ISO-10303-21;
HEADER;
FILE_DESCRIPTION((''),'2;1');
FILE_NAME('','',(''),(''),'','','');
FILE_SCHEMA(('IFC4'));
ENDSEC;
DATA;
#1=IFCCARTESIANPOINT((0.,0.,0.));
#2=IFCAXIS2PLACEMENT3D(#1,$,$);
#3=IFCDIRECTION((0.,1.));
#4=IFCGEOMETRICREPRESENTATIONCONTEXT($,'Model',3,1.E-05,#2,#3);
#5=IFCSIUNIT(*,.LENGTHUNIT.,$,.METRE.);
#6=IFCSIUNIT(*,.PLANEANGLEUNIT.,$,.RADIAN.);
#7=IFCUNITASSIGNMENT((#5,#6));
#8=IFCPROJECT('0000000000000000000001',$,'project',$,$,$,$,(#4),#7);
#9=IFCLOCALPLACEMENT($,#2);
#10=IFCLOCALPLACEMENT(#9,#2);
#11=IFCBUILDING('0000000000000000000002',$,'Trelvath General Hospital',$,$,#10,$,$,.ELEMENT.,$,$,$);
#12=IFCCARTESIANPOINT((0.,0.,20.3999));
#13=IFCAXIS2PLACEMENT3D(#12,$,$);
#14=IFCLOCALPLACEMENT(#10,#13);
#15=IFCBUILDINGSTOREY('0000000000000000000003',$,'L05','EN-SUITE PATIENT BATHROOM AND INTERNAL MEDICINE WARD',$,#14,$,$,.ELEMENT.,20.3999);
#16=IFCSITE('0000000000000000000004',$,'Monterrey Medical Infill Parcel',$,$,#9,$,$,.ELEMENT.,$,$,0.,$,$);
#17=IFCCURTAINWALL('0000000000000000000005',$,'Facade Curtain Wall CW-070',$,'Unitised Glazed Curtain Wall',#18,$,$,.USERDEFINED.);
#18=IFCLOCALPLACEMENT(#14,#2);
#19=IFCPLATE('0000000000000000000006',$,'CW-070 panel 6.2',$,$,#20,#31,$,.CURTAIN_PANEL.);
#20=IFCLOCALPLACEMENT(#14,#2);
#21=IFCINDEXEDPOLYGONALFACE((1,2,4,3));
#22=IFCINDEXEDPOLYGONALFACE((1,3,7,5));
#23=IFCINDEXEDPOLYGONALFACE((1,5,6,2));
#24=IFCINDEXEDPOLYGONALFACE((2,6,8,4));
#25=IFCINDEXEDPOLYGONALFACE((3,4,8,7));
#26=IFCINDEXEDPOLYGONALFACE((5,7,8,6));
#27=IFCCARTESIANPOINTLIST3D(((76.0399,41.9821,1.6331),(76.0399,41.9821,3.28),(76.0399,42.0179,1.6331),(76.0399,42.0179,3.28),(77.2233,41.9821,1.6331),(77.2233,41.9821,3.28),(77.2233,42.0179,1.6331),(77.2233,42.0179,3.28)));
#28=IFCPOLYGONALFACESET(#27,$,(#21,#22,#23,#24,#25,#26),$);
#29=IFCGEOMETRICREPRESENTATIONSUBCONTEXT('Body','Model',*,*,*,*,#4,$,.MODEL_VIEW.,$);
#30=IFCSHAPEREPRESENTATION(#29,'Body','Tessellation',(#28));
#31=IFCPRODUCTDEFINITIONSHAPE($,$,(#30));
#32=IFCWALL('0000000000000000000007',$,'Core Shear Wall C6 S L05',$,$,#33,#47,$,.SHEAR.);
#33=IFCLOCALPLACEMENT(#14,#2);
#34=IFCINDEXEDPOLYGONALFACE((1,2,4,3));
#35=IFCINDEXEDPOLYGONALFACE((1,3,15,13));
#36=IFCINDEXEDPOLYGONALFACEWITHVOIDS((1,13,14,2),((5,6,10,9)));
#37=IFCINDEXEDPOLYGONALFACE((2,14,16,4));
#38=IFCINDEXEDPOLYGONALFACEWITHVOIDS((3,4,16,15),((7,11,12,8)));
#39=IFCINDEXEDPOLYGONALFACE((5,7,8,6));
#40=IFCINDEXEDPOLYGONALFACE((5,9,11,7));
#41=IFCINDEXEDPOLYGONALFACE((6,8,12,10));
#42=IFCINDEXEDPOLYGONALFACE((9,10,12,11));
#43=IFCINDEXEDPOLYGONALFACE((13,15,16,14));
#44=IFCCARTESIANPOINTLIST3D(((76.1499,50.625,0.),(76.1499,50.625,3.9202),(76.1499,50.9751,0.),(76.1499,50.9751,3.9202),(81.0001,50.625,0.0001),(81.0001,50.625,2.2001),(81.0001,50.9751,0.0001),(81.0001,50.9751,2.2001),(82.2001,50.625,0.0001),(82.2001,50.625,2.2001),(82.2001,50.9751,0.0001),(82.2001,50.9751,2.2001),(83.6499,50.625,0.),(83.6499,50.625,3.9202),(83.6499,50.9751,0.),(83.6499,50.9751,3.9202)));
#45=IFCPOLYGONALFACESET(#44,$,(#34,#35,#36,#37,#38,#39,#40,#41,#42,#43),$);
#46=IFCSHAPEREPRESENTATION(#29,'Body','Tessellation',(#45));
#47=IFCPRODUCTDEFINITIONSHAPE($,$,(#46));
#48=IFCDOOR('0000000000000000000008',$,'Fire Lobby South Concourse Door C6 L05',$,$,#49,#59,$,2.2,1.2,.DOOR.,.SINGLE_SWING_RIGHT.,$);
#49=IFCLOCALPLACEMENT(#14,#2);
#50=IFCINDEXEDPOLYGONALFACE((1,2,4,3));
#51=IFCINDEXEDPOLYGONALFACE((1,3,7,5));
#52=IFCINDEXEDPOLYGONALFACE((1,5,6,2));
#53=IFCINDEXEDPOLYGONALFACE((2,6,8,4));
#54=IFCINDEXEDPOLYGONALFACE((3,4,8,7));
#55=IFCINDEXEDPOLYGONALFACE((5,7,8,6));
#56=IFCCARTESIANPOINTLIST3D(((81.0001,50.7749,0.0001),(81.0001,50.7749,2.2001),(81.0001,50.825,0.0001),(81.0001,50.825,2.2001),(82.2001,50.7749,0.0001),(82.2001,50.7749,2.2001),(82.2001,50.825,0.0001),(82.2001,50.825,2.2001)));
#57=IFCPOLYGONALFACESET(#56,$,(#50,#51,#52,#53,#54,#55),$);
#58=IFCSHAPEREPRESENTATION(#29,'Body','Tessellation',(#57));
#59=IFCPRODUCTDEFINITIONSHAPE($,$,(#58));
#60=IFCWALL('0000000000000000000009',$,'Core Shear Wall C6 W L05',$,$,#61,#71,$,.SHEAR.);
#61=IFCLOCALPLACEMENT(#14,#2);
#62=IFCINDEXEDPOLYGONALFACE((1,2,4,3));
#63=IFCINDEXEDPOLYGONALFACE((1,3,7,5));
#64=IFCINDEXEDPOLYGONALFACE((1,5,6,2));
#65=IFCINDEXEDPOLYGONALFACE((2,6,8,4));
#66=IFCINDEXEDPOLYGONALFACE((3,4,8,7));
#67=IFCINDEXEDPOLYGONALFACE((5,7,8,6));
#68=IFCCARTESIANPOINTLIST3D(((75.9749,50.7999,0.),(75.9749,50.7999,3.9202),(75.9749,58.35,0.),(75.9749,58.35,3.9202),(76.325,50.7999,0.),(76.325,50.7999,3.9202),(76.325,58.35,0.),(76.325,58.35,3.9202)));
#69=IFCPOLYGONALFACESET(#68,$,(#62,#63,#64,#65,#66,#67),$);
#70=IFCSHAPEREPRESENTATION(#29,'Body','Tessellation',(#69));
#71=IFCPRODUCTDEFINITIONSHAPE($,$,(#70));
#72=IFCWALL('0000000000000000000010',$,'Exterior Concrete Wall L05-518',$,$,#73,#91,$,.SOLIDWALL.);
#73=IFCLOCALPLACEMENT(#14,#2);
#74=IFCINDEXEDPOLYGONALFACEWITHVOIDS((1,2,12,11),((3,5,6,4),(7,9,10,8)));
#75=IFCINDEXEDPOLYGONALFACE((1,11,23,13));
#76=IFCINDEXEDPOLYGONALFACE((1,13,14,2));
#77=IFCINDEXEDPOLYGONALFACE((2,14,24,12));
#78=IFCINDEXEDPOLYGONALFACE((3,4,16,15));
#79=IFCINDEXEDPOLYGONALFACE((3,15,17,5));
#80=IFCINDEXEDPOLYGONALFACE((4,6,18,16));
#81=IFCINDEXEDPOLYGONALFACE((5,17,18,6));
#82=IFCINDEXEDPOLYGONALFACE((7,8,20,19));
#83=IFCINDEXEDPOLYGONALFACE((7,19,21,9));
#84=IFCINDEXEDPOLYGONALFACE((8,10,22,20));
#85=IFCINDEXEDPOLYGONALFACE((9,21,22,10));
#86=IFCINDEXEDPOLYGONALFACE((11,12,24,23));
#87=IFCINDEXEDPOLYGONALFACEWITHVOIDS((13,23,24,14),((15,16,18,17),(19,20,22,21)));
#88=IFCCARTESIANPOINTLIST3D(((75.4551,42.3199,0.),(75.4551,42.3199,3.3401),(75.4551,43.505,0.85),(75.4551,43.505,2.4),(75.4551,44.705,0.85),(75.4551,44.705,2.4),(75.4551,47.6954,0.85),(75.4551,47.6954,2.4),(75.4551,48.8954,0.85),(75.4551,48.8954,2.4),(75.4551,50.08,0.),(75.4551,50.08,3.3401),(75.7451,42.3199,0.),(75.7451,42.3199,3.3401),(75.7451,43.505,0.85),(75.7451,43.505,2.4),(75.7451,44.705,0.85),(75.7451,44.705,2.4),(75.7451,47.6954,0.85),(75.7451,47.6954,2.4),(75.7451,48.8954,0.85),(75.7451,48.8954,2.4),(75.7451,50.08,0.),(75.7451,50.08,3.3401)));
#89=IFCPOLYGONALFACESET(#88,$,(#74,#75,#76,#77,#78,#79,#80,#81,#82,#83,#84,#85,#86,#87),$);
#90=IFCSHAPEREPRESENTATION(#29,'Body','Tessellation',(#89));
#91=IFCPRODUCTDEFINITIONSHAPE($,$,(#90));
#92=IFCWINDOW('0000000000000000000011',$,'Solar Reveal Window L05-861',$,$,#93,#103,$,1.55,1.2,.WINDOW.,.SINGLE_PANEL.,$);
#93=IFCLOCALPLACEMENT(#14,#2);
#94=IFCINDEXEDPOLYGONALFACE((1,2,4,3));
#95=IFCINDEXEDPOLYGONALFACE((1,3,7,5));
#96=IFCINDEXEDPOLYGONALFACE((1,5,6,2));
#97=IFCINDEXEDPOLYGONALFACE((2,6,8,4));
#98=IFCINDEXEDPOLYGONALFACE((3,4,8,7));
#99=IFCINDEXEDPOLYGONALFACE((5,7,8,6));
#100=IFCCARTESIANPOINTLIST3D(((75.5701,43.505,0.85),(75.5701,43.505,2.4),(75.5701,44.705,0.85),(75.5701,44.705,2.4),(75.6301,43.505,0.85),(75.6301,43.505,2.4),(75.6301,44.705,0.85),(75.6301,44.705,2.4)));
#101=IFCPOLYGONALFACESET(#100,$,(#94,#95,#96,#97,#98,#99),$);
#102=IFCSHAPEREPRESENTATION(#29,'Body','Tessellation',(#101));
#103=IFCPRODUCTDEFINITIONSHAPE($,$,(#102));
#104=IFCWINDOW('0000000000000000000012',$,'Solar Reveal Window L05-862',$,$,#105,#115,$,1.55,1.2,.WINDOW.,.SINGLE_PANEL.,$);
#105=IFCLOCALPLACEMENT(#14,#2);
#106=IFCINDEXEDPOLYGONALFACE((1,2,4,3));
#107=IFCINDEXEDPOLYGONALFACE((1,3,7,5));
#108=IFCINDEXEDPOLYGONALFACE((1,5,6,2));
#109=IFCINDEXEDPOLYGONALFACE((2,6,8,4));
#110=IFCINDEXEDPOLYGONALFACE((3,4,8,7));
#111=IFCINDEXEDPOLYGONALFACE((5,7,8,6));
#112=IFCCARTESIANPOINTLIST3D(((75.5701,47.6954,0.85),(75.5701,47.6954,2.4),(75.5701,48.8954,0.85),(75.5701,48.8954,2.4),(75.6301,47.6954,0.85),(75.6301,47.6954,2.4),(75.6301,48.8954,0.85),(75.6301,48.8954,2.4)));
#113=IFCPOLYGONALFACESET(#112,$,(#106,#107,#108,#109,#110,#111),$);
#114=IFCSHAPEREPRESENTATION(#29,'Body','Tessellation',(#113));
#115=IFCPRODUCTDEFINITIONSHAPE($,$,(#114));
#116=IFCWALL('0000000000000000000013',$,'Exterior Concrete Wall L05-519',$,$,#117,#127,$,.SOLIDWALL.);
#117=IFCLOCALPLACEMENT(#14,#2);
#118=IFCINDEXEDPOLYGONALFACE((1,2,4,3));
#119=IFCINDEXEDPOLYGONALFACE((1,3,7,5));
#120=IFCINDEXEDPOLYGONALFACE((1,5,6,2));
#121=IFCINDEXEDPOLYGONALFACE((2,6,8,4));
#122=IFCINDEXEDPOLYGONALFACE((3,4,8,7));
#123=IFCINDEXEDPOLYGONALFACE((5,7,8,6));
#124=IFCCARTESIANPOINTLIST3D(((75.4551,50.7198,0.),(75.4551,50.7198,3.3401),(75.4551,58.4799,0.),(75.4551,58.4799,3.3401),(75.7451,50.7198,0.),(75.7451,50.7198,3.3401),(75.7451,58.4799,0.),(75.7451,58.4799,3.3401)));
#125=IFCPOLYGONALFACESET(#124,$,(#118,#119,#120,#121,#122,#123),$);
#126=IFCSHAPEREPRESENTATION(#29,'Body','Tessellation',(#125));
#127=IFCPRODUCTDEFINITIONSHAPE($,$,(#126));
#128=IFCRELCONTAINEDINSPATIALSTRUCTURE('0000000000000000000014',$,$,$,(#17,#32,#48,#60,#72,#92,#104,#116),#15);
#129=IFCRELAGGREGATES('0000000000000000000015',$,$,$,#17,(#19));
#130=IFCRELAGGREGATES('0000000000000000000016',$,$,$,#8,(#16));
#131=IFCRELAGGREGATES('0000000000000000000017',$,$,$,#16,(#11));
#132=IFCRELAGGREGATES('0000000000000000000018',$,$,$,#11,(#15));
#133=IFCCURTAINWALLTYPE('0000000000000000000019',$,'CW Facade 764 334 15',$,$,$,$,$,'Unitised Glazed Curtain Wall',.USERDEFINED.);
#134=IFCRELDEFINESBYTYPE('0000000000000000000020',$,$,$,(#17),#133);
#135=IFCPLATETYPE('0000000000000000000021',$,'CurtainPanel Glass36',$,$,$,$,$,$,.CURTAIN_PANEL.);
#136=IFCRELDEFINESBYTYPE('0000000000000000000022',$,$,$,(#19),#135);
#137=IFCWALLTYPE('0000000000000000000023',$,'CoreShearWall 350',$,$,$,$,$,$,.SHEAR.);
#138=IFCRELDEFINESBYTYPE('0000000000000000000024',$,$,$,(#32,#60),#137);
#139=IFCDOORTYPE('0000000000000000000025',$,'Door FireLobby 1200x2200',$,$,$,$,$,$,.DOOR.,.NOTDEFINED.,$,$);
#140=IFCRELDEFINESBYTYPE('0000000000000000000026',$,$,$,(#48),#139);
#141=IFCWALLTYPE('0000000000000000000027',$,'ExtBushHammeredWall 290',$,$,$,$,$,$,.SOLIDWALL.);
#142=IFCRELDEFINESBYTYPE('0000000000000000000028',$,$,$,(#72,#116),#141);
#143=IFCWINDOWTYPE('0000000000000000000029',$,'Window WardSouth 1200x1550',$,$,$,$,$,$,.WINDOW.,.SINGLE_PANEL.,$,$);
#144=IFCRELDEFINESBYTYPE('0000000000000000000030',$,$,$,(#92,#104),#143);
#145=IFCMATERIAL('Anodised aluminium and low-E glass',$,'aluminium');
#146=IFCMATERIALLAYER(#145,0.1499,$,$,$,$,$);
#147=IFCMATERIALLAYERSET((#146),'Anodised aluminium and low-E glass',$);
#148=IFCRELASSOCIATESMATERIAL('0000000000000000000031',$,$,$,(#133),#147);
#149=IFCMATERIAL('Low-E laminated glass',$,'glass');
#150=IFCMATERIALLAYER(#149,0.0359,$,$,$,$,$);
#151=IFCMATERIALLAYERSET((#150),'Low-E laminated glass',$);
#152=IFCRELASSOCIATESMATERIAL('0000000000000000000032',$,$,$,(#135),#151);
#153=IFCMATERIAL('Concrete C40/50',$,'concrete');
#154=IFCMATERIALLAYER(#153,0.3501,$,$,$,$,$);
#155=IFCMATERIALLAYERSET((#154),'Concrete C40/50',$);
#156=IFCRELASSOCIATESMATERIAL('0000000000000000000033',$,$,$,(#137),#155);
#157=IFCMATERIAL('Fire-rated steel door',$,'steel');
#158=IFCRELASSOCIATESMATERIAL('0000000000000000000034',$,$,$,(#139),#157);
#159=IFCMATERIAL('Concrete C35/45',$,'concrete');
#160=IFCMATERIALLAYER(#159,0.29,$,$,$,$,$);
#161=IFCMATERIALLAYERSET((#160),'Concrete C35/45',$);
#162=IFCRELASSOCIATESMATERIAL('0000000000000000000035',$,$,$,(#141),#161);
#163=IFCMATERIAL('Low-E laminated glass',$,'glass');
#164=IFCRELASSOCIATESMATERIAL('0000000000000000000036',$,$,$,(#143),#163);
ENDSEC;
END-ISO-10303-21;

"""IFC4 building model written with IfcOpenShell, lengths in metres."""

from ifc_helpers import new_model, si_unit, direction, frame, frame_2d, origin, origin_2d, place, context, subcontext, project, spatial, rectangle, extrude, material, layer, layer_set, type_object, element, fill, aggregate, save


model = new_model("IFC4")

# Units and contexts
model_context = context("Model", 3, precision=1e-05, world=origin(), true_north=direction((0.0, 1.0)))
body_context = subcontext(model_context, "Body", "Model", "MODEL_VIEW")
ifc_project = project(units=[si_unit("LENGTHUNIT", "METRE"), si_unit("PLANEANGLEUNIT", "RADIAN")], contexts=[model_context])

# Site, building, storey
site_placement = place(None, origin())
site = spatial("IfcSite", under=ifc_project, at=site_placement, Name="Monterrey Medical Infill Parcel", CompositionType="ELEMENT", RefElevation=0.0)
building_placement = place(site_placement, origin())
building = spatial("IfcBuilding", under=site, at=building_placement, Name="Trelvath General Hospital", CompositionType="ELEMENT")
storey_placement = place(building_placement, frame((0.0, 0.0, 20.3999)))
storey = spatial("IfcBuildingStorey", under=building, at=storey_placement, Name="L05", Description="EN-SUITE PATIENT BATHROOM AND INTERNAL MEDICINE WARD", CompositionType="ELEMENT", Elevation=20.3999)

# Curtain wall
ifc_material_1 = material(Name="Anodised aluminium and low-E glass", Category="aluminium")
ifc_layer_1 = layer(ifc_material_1, 0.1499)
ifc_layer_set_1 = layer_set([ifc_layer_1], Name="Anodised aluminium and low-E glass")
curtain_wall_type_1 = type_object("IfcCurtainWallType", Name="CW Facade 764 334 15", ElementType="Unitised Glazed Curtain Wall", PredefinedType="USERDEFINED", material=ifc_layer_set_1)
curtain_wall_1_placement = place(storey_placement, origin())
curtain_wall_1 = element("IfcCurtainWall", 1, at=curtain_wall_1_placement, inside=storey, type_object=curtain_wall_type_1, Name="Facade Curtain Wall CW-070", ObjectType="Unitised Glazed Curtain Wall", PredefinedType="USERDEFINED")

# Plate
ifc_material_2 = material(Name="Low-E laminated glass", Category="glass")
ifc_layer_2 = layer(ifc_material_2, 0.0359)
ifc_layer_set_2 = layer_set([ifc_layer_2], Name="Low-E laminated glass")
plate_type_1 = type_object("IfcPlateType", Name="CurtainPanel Glass36", PredefinedType="CURTAIN_PANEL", material=ifc_layer_set_2)
plate_1_placement = place(storey_placement, frame((76.6316, 42.0, 1.6331), z_axis=(0.0, 0.0, 1.0), x_axis=(-1.0, 0.0, 0.0)))
plate_1 = element("IfcPlate", 2, at=plate_1_placement, type_object=plate_type_1, Name="CW-070 panel 6.2", PredefinedType="CURTAIN_PANEL", context=body_context, shape_type="SweptSolid", body=[
    extrude(rectangle(XDim=1.1833, YDim=0.0359, at=origin_2d()), origin(), (0.0, 0.0, 1.0), 1.647),
])
aggregate(curtain_wall_1, [plate_1])

# Wall, opening, door
ifc_material_3 = material(Name="Concrete C40/50", Category="concrete")
ifc_layer_3 = layer(ifc_material_3, 0.3501)
ifc_layer_set_3 = layer_set([ifc_layer_3], Name="Concrete C40/50")
wall_type_1 = type_object("IfcWallType", Name="CoreShearWall 350", PredefinedType="SHEAR", material=ifc_layer_set_3)
wall_1_placement = place(storey_placement, frame((76.1499, 50.8, 0.0), z_axis=(0.0, 0.0, 1.0), x_axis=(1.0, 0.0, 0.0)))
wall_1 = element("IfcWall", 3, at=wall_1_placement, inside=storey, type_object=wall_type_1, Name="Core Shear Wall C6 S L05", PredefinedType="SHEAR", context=body_context, shape_type="SweptSolid", body=[
    extrude(rectangle(XDim=7.5, YDim=0.3501, at=frame_2d((3.75, 0.0))), origin(), (0.0, 0.0, 1.0), 3.9202),
])
opening_1_placement = place(wall_1_placement, frame((4.8501, 0.0, 0.0)))
opening_1 = element("IfcOpeningElement", 4, at=opening_1_placement, cuts=wall_1, PredefinedType="OPENING", context=body_context, shape_type="SweptSolid", body=[
    extrude(rectangle(XDim=1.2, YDim=2.2, at=frame_2d((0.6001, 1.1001))), frame((0.0, 0.1851, 0.0), z_axis=(0.0, -1.0, 0.0), x_axis=(1.0, 0.0, 0.0)), (0.0, 0.0, 1.0), 0.3701),
])
ifc_material_4 = material(Name="Fire-rated steel door", Category="steel")
door_type = type_object("IfcDoorType", Name="Door FireLobby 1200x2200", OperationType="NOTDEFINED", PredefinedType="DOOR", material=ifc_material_4)
door_placement = place(opening_1_placement, origin())
door = element("IfcDoor", 5, at=door_placement, inside=storey, type_object=door_type, Name="Fire Lobby South Concourse Door C6 L05", OperationType="SINGLE_SWING_RIGHT", OverallHeight=2.2, OverallWidth=1.2, PredefinedType="DOOR", context=body_context, shape_type="SweptSolid", body=[
    extrude(rectangle(XDim=1.2, YDim=2.2, at=frame_2d((0.6001, 1.1001))), frame((0.0, 0.0249, 0.0), z_axis=(0.0, -1.0, 0.0), x_axis=(1.0, 0.0, 0.0)), (0.0, 0.0, 1.0), 0.05),
])
fill(opening_1, door)

# Wall
wall_2_placement = place(storey_placement, frame((76.1499, 50.8, 0.0), z_axis=(0.0, 0.0, 1.0), x_axis=(0.0, 1.0, 0.0)))
element("IfcWall", 6, at=wall_2_placement, inside=storey, type_object=wall_type_1, Name="Core Shear Wall C6 W L05", PredefinedType="SHEAR", context=body_context, shape_type="SweptSolid", body=[
    extrude(rectangle(XDim=7.55, YDim=0.3501, at=frame_2d((3.7749, 0.0))), origin(), (0.0, 0.0, 1.0), 3.9202),
])

# Wall, openings, windows
ifc_material_5 = material(Name="Concrete C35/45", Category="concrete")
ifc_layer_4 = layer(ifc_material_5, 0.29)
ifc_layer_set_4 = layer_set([ifc_layer_4], Name="Concrete C35/45")
wall_type_2 = type_object("IfcWallType", Name="ExtBushHammeredWall 290", PredefinedType="SOLIDWALL", material=ifc_layer_set_4)
wall_3_placement = place(storey_placement, frame((75.6001, 42.3201, 0.0), z_axis=(0.0, 0.0, 1.0), x_axis=(0.0, 1.0, 0.0)))
wall_3 = element("IfcWall", 7, at=wall_3_placement, inside=storey, type_object=wall_type_2, Name="Exterior Concrete Wall L05-518", PredefinedType="SOLIDWALL", context=body_context, shape_type="SweptSolid", body=[
    extrude(rectangle(XDim=7.76, YDim=0.29, at=frame_2d((3.8799, 0.0))), origin(), (0.0, 0.0, 1.0), 3.3401),
])
opening_2_placement = place(wall_3_placement, frame((1.1848, 0.0, 0.8501)))
opening_2 = element("IfcOpeningElement", 8, at=opening_2_placement, cuts=wall_3, PredefinedType="OPENING", context=body_context, shape_type="SweptSolid", body=[
    extrude(rectangle(XDim=1.2, YDim=1.55, at=frame_2d((0.6001, 0.7749))), frame((0.0, 0.155, 0.0), z_axis=(0.0, -1.0, 0.0), x_axis=(1.0, 0.0, 0.0)), (0.0, 0.0, 1.0), 0.3101),
])
opening_3_placement = place(wall_3_placement, frame((5.3752, 0.0, 0.8501)))
opening_3 = element("IfcOpeningElement", 9, at=opening_3_placement, cuts=wall_3, PredefinedType="OPENING", context=body_context, shape_type="SweptSolid", body=[
    extrude(rectangle(XDim=1.2, YDim=1.55, at=frame_2d((0.6001, 0.7749))), frame((0.0, 0.155, 0.0), z_axis=(0.0, -1.0, 0.0), x_axis=(1.0, 0.0, 0.0)), (0.0, 0.0, 1.0), 0.3101),
])
ifc_material_6 = material(Name="Low-E laminated glass", Category="glass")
window_type = type_object("IfcWindowType", Name="Window WardSouth 1200x1550", PartitioningType="SINGLE_PANEL", PredefinedType="WINDOW", material=ifc_material_6)
window_1_placement = place(opening_2_placement, origin())
window_1 = element("IfcWindow", 10, at=window_1_placement, inside=storey, type_object=window_type, Name="Solar Reveal Window L05-861", OverallHeight=1.55, OverallWidth=1.2, PartitioningType="SINGLE_PANEL", PredefinedType="WINDOW", context=body_context, shape_type="SweptSolid", body=[
    extrude(rectangle(XDim=1.2, YDim=1.55, at=frame_2d((0.6001, 0.7749))), frame((0.0, 0.03, 0.0), z_axis=(0.0, -1.0, 0.0), x_axis=(1.0, 0.0, 0.0)), (0.0, 0.0, 1.0), 0.0601),
])
fill(opening_2, window_1)
window_2_placement = place(opening_3_placement, origin())
window_2 = element("IfcWindow", 11, at=window_2_placement, inside=storey, type_object=window_type, Name="Solar Reveal Window L05-862", OverallHeight=1.55, OverallWidth=1.2, PartitioningType="SINGLE_PANEL", PredefinedType="WINDOW", context=body_context, shape_type="SweptSolid", body=[
    extrude(rectangle(XDim=1.2, YDim=1.55, at=frame_2d((0.6001, 0.7749))), frame((0.0, 0.03, 0.0), z_axis=(0.0, -1.0, 0.0), x_axis=(1.0, 0.0, 0.0)), (0.0, 0.0, 1.0), 0.0601),
])
fill(opening_3, window_2)

# Wall
wall_4_placement = place(storey_placement, frame((75.6001, 50.72, 0.0), z_axis=(0.0, 0.0, 1.0), x_axis=(0.0, 1.0, 0.0)))
element("IfcWall", 12, at=wall_4_placement, inside=storey, type_object=wall_type_2, Name="Exterior Concrete Wall L05-519", PredefinedType="SOLIDWALL", context=body_context, shape_type="SweptSolid", body=[
    extrude(rectangle(XDim=7.76, YDim=0.29, at=frame_2d((3.8799, 0.0))), origin(), (0.0, 0.0, 1.0), 3.3401),
])

save(model, "model.ifc")
